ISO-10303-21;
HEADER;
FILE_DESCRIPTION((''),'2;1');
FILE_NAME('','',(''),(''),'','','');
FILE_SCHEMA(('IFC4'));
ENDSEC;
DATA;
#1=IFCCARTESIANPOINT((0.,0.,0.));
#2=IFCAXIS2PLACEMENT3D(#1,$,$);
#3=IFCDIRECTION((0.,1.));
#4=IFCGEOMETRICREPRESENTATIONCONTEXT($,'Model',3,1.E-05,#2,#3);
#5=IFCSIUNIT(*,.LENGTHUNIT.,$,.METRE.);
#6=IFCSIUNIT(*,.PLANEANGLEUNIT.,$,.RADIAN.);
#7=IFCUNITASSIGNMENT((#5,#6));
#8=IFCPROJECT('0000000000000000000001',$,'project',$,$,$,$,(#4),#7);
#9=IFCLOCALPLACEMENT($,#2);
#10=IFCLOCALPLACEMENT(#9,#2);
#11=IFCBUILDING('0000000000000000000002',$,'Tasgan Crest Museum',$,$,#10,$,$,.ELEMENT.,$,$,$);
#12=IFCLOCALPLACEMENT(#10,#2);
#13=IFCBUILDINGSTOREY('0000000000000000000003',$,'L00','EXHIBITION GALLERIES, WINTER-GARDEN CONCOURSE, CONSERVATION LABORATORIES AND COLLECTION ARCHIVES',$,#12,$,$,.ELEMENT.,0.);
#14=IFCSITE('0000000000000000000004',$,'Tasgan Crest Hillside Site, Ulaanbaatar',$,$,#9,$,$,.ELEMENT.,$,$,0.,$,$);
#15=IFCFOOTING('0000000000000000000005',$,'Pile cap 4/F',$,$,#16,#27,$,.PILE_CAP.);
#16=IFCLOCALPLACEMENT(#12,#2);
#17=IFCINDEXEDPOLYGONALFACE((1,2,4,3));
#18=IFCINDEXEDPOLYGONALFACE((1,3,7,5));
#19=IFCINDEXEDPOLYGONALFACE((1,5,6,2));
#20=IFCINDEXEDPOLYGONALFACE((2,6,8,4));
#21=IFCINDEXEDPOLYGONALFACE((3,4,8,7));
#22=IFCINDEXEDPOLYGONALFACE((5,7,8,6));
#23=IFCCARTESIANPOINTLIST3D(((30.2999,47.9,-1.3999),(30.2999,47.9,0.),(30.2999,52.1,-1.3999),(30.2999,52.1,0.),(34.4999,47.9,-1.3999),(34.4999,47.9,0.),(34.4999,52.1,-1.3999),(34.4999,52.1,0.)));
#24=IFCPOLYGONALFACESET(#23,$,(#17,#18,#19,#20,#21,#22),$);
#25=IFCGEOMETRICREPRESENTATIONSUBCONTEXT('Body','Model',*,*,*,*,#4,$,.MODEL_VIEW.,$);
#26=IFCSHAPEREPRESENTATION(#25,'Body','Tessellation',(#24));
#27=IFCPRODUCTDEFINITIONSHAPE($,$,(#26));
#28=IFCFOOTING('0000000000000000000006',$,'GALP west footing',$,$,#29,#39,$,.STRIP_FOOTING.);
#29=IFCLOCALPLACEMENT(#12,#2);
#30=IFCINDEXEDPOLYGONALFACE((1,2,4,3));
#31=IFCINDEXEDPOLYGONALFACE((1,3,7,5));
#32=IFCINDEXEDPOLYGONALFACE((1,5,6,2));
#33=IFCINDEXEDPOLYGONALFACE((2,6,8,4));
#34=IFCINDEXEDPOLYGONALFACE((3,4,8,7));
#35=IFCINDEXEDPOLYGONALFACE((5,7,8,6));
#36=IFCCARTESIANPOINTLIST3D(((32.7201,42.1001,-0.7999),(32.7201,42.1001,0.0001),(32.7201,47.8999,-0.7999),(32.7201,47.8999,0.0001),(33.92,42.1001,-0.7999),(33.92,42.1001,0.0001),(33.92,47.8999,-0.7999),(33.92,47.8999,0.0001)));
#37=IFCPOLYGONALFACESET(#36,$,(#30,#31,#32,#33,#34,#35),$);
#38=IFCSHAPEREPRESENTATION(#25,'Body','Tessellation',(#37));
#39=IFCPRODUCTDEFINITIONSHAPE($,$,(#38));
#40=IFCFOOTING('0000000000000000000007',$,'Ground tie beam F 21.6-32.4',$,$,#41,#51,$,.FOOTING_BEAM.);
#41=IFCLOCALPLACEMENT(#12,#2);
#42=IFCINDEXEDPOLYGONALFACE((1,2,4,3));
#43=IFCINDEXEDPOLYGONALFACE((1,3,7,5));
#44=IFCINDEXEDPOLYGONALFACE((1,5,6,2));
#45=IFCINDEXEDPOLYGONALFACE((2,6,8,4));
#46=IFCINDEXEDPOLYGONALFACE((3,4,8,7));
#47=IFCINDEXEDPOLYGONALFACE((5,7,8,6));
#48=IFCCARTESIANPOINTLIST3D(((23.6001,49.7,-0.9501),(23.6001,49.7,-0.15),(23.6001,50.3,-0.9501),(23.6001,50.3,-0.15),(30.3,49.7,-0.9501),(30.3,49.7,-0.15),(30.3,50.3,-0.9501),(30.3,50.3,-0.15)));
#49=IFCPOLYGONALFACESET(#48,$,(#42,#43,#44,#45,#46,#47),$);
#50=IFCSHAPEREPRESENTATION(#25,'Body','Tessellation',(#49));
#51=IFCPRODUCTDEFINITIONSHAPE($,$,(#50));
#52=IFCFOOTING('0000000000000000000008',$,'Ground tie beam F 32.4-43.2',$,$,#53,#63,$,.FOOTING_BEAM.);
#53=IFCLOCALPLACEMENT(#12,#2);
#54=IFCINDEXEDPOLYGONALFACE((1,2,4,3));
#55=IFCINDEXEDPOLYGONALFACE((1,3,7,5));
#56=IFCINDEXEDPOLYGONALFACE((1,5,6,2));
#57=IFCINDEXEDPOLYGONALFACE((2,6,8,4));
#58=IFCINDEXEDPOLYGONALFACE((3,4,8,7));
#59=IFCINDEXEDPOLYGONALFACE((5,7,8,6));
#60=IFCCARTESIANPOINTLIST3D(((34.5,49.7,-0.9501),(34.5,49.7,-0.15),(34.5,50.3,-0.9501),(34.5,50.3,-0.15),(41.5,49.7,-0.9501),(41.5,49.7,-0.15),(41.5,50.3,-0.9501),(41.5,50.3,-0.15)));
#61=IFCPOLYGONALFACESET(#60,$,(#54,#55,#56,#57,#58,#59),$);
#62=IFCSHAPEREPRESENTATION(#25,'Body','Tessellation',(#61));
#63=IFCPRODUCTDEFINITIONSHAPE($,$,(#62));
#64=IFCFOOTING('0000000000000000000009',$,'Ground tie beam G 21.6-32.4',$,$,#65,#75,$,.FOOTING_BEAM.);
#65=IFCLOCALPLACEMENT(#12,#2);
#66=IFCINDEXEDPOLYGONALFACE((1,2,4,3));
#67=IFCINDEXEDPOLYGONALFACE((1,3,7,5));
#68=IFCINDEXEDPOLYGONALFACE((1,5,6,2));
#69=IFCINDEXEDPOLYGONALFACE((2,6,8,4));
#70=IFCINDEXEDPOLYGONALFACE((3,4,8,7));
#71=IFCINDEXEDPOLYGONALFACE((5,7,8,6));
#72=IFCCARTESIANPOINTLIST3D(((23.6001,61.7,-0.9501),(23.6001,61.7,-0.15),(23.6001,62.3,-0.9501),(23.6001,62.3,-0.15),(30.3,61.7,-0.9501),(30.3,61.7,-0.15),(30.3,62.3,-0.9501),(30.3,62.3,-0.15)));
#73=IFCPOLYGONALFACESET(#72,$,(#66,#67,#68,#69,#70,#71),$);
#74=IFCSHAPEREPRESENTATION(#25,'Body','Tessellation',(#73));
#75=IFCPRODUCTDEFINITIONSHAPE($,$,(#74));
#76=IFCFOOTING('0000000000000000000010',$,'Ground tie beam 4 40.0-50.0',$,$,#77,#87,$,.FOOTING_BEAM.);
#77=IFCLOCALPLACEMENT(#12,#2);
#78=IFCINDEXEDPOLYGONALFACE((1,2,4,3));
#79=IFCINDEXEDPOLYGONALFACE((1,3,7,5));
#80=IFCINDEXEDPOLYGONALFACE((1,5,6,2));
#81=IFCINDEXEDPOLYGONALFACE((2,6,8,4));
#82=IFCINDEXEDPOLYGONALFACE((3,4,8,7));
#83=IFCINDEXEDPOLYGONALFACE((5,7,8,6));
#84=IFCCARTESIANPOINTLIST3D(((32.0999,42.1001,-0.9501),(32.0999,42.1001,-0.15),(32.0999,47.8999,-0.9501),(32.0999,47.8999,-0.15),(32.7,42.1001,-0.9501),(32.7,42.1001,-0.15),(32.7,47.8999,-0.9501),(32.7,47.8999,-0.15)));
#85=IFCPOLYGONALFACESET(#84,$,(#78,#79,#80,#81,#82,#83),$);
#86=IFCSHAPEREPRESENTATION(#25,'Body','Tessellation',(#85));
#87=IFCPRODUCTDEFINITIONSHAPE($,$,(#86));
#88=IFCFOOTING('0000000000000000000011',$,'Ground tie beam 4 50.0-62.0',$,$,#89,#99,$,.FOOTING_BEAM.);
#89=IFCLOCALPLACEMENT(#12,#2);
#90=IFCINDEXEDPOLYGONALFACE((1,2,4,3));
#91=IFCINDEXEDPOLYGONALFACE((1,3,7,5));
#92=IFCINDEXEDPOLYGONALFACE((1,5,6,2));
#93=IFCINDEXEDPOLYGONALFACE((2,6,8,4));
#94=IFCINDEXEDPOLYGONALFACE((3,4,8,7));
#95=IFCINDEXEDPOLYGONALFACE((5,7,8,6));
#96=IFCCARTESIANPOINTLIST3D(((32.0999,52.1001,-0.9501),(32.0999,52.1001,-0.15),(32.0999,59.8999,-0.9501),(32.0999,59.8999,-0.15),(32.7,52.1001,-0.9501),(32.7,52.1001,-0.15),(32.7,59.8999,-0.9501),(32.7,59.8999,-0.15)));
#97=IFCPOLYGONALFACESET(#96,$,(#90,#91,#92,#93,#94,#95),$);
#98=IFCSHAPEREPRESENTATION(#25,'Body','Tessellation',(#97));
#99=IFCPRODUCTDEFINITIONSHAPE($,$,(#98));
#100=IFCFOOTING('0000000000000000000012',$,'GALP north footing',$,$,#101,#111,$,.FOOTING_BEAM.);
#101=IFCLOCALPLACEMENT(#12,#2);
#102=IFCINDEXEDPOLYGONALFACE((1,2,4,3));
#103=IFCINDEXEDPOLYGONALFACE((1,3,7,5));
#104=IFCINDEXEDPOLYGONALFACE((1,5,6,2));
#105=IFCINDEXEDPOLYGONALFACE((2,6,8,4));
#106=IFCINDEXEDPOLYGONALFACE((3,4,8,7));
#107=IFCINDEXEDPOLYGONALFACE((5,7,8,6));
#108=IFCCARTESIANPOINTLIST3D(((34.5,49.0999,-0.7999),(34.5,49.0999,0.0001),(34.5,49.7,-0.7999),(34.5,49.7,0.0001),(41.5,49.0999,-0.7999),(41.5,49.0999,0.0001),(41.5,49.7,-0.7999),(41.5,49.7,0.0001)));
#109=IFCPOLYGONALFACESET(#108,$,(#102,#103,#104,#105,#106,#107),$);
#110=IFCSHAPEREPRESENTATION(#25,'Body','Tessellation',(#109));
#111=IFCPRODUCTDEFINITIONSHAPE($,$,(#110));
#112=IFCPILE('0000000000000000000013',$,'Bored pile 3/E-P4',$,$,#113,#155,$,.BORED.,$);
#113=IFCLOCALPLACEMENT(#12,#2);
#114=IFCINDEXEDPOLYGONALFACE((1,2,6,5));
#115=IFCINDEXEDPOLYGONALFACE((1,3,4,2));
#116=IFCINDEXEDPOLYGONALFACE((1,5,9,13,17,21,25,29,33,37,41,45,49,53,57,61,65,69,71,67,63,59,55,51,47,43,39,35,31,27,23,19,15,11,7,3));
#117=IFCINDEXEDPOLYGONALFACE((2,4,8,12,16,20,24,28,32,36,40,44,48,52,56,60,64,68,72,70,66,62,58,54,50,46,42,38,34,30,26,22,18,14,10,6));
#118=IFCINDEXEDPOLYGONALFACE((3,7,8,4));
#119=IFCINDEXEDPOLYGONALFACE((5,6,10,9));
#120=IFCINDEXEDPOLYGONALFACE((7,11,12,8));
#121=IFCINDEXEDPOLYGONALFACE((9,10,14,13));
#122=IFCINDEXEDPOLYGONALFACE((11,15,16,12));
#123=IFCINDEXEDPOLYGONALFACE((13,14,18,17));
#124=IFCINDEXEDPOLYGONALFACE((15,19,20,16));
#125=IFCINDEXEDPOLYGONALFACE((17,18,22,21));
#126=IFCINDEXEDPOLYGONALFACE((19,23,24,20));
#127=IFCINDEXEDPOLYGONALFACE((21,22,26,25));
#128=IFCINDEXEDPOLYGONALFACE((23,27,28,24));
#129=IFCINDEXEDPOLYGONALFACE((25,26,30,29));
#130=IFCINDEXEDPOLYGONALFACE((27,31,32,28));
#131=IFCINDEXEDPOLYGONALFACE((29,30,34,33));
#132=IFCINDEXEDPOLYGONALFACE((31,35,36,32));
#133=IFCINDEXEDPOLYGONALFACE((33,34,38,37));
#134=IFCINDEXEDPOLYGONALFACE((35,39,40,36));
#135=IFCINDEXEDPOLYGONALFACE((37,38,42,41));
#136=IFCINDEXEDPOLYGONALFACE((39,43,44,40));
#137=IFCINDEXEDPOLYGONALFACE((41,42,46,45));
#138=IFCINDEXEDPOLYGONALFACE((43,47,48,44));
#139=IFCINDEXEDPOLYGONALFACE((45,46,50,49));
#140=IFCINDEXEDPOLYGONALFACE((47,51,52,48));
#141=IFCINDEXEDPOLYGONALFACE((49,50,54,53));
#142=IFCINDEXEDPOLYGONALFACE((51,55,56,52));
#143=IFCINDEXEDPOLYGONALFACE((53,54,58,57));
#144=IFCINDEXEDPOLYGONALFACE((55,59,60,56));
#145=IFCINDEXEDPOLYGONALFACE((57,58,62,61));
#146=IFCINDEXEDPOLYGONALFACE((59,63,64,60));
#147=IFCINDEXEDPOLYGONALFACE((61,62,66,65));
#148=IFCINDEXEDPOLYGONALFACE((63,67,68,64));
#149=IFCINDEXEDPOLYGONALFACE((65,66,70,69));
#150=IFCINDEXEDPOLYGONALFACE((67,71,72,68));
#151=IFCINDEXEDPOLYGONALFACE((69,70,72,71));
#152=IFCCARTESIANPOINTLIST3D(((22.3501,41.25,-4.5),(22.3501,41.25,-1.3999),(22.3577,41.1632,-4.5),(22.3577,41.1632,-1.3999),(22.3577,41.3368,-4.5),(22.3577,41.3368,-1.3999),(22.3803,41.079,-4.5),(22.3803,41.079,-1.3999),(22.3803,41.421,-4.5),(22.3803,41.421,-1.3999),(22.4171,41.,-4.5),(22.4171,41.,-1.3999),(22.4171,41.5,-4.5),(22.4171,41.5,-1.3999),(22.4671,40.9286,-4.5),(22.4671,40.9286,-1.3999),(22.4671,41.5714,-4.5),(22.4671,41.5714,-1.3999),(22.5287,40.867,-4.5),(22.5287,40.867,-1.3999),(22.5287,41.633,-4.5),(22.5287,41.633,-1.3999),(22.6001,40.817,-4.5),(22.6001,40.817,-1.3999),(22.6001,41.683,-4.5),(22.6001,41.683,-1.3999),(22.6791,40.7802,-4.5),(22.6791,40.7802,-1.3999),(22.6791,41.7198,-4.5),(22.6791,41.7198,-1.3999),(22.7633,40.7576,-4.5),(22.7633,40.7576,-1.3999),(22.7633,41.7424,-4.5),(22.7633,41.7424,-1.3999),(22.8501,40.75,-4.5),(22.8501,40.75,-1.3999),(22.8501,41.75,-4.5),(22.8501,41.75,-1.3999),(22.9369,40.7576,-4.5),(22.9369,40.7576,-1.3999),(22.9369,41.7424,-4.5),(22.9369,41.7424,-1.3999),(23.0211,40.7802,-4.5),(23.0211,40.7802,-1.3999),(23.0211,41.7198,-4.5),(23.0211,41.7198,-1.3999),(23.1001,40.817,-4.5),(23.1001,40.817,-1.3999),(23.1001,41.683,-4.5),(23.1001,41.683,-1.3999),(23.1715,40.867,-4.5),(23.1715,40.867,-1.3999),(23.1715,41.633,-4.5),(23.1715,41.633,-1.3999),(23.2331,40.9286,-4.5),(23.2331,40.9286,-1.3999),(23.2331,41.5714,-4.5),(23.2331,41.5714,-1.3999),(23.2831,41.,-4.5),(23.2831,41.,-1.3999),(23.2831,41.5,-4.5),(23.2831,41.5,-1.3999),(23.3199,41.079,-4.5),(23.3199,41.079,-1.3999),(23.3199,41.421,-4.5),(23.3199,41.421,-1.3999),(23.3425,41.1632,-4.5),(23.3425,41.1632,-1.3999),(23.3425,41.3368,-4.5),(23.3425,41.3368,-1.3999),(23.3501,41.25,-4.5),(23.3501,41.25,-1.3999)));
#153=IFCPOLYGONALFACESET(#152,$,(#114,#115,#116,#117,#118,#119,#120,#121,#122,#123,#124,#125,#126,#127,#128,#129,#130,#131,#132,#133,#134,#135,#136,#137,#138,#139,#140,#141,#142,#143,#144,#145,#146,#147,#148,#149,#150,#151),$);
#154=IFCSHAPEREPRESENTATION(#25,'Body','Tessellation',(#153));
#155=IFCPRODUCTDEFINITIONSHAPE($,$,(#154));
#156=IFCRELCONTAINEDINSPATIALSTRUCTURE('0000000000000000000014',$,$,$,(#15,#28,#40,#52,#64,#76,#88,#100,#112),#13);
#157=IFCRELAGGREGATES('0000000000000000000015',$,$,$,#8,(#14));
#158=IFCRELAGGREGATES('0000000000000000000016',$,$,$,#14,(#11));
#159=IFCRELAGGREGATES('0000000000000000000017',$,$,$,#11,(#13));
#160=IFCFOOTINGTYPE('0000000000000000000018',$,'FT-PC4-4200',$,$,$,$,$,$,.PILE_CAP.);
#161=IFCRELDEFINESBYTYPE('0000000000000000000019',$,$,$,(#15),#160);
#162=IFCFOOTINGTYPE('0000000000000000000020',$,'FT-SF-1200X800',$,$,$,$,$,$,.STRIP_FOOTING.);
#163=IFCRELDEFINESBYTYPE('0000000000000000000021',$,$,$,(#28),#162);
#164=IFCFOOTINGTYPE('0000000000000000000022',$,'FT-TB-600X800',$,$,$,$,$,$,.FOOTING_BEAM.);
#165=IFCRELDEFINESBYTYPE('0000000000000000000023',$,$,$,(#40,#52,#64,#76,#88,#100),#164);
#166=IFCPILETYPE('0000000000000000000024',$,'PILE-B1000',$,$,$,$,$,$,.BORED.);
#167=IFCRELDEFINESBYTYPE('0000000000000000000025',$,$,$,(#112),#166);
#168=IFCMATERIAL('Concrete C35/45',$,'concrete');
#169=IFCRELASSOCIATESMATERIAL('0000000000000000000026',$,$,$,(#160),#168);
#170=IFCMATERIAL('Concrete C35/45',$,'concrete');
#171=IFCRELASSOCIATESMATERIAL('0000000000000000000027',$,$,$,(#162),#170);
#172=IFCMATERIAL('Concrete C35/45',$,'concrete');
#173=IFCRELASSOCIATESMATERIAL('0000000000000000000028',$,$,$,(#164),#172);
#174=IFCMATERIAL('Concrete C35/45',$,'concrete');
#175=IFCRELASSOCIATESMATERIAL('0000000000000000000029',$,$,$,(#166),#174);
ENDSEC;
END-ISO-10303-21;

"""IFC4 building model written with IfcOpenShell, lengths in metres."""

from ifc_helpers import new_model, si_unit, direction, frame, origin, origin_2d, place, context, subcontext, project, spatial, rectangle, circle, extrude, material, material_profile, profile_set, type_object, element, save


model = new_model("IFC4")

# Units and contexts
model_context = context("Model", 3, precision=1e-05, world=origin(), true_north=direction((0.0, 1.0)))
body_context = subcontext(model_context, "Body", "Model", "MODEL_VIEW")
ifc_project = project(units=[si_unit("LENGTHUNIT", "METRE"), si_unit("PLANEANGLEUNIT", "RADIAN")], contexts=[model_context])

# Site, building, storey
site_placement = place(None, origin())
site = spatial("IfcSite", under=ifc_project, at=site_placement, Name="Tasgan Crest Hillside Site, Ulaanbaatar", CompositionType="ELEMENT", RefElevation=0.0)
building_placement = place(site_placement, origin())
building = spatial("IfcBuilding", under=site, at=building_placement, Name="Tasgan Crest Museum", CompositionType="ELEMENT")
storey_placement = place(building_placement, origin())
storey = spatial("IfcBuildingStorey", under=building, at=storey_placement, Name="L00", Description="EXHIBITION GALLERIES, WINTER-GARDEN CONCOURSE, CONSERVATION LABORATORIES AND COLLECTION ARCHIVES", CompositionType="ELEMENT", Elevation=0.0)

# Footings
ifc_material_1 = material(Name="Concrete C35/45", Category="concrete")
footing_type_1 = type_object("IfcFootingType", Name="FT-PC4-4200", PredefinedType="PILE_CAP", material=ifc_material_1)
footing_1_placement = place(storey_placement, frame((32.3999, 50.0, -1.3999), z_axis=(0.0, 0.0, 1.0), x_axis=(1.0, 0.0, 0.0)))
element("IfcFooting", 1, at=footing_1_placement, inside=storey, type_object=footing_type_1, Name="Pile cap 4/F", PredefinedType="PILE_CAP", context=body_context, shape_type="SweptSolid", body=[
    extrude(rectangle(XDim=4.2, YDim=4.2, at=origin_2d()), origin(), (0.0, 0.0, 1.0), 1.3999),
])
ifc_material_2 = material(Name="Concrete C35/45", Category="concrete")
ifc_material_profile_1 = material_profile(ifc_material_2, rectangle(XDim=1.2, YDim=0.8, at=origin_2d()), Name="SF 1200x800")
ifc_profile_set_1 = profile_set([ifc_material_profile_1], Name="Concrete C35/45")
footing_type_2 = type_object("IfcFootingType", Name="FT-SF-1200X800", PredefinedType="STRIP_FOOTING", material=ifc_profile_set_1)
footing_2_placement = place(storey_placement, frame((33.3201, 42.1001, -0.3999), z_axis=(0.0, 1.0, 0.0), x_axis=(-1.0, 0.0, 0.0)))
element("IfcFooting", 2, at=footing_2_placement, inside=storey, type_object=footing_type_2, Name="GALP west footing", PredefinedType="STRIP_FOOTING", context=body_context, shape_type="SweptSolid", body=[
    extrude(rectangle(XDim=1.2, YDim=0.8, at=origin_2d()), origin(), (0.0, 0.0, 1.0), 5.7998),
])
ifc_material_3 = material(Name="Concrete C35/45", Category="concrete")
ifc_material_profile_2 = material_profile(ifc_material_3, rectangle(XDim=0.6001, YDim=0.8, at=origin_2d()), Name="TB 600x800")
ifc_profile_set_2 = profile_set([ifc_material_profile_2], Name="Concrete C35/45")
footing_type_3 = type_object("IfcFootingType", Name="FT-TB-600X800", PredefinedType="FOOTING_BEAM", material=ifc_profile_set_2)
footing_3_placement = place(storey_placement, frame((23.6001, 50.0, -0.55), z_axis=(1.0, 0.0, 0.0), x_axis=(0.0, 1.0, 0.0)))
element("IfcFooting", 3, at=footing_3_placement, inside=storey, type_object=footing_type_3, Name="Ground tie beam F 21.6-32.4", PredefinedType="FOOTING_BEAM", context=body_context, shape_type="SweptSolid", body=[
    extrude(rectangle(XDim=0.6001, YDim=0.8, at=origin_2d()), origin(), (0.0, 0.0, 1.0), 6.7),
])
footing_4_placement = place(storey_placement, frame((34.5, 50.0, -0.55), z_axis=(1.0, 0.0, 0.0), x_axis=(0.0, 1.0, 0.0)))
element("IfcFooting", 4, at=footing_4_placement, inside=storey, type_object=footing_type_3, Name="Ground tie beam F 32.4-43.2", PredefinedType="FOOTING_BEAM", context=body_context, shape_type="SweptSolid", body=[
    extrude(rectangle(XDim=0.6001, YDim=0.8, at=origin_2d()), origin(), (0.0, 0.0, 1.0), 7.0),
])
footing_5_placement = place(storey_placement, frame((23.6001, 62.0, -0.55), z_axis=(1.0, 0.0, 0.0), x_axis=(0.0, 1.0, 0.0)))
element("IfcFooting", 5, at=footing_5_placement, inside=storey, type_object=footing_type_3, Name="Ground tie beam G 21.6-32.4", PredefinedType="FOOTING_BEAM", context=body_context, shape_type="SweptSolid", body=[
    extrude(rectangle(XDim=0.6001, YDim=0.8, at=origin_2d()), origin(), (0.0, 0.0, 1.0), 6.7),
])
footing_6_placement = place(storey_placement, frame((32.3999, 42.1001, -0.55), z_axis=(0.0, 1.0, 0.0), x_axis=(-1.0, 0.0, 0.0)))
element("IfcFooting", 6, at=footing_6_placement, inside=storey, type_object=footing_type_3, Name="Ground tie beam 4 40.0-50.0", PredefinedType="FOOTING_BEAM", context=body_context, shape_type="SweptSolid", body=[
    extrude(rectangle(XDim=0.6001, YDim=0.8, at=origin_2d()), origin(), (0.0, 0.0, 1.0), 5.7998),
])
footing_7_placement = place(storey_placement, frame((32.3999, 52.1001, -0.55), z_axis=(0.0, 1.0, 0.0), x_axis=(-1.0, 0.0, 0.0)))
element("IfcFooting", 7, at=footing_7_placement, inside=storey, type_object=footing_type_3, Name="Ground tie beam 4 50.0-62.0", PredefinedType="FOOTING_BEAM", context=body_context, shape_type="SweptSolid", body=[
    extrude(rectangle(XDim=0.6001, YDim=0.8, at=origin_2d()), origin(), (0.0, 0.0, 1.0), 7.7998),
])
footing_8_placement = place(storey_placement, frame((34.5, 49.3999, -0.3999), z_axis=(1.0, 0.0, 0.0), x_axis=(0.0, 1.0, 0.0)))
element("IfcFooting", 8, at=footing_8_placement, inside=storey, type_object=footing_type_3, Name="GALP north footing", PredefinedType="FOOTING_BEAM", context=body_context, shape_type="SweptSolid", body=[
    extrude(rectangle(XDim=0.6001, YDim=0.8, at=origin_2d()), origin(), (0.0, 0.0, 1.0), 7.0),
])

# Pile
ifc_material_4 = material(Name="Concrete C35/45", Category="concrete")
ifc_material_profile_3 = material_profile(ifc_material_4, circle(Radius=0.5, at=origin_2d()), Name="PILE D1000")
ifc_profile_set_3 = profile_set([ifc_material_profile_3], Name="Concrete C35/45")
pile_type_1 = type_object("IfcPileType", Name="PILE-B1000", PredefinedType="BORED", material=ifc_profile_set_3)
for number, where, z_axis, x_axis, name in (
    (9, (22.8501, 41.25, -1.3999), (0.0, 0.0, -1.0), (1.0, 0.0, 0.0), "Bored pile 3/E-P4"),
):
    element("IfcPile", number, at=place(storey_placement, frame(where, z_axis=z_axis, x_axis=x_axis)), inside=storey, type_object=pile_type_1, Name=name, PredefinedType="BORED", context=body_context, shape_type="SweptSolid", body=[
        extrude(circle(Radius=0.5, at=origin_2d()), origin(), (0.0, 0.0, 1.0), 3.1001),
    ])

save(model, "model.ifc")
